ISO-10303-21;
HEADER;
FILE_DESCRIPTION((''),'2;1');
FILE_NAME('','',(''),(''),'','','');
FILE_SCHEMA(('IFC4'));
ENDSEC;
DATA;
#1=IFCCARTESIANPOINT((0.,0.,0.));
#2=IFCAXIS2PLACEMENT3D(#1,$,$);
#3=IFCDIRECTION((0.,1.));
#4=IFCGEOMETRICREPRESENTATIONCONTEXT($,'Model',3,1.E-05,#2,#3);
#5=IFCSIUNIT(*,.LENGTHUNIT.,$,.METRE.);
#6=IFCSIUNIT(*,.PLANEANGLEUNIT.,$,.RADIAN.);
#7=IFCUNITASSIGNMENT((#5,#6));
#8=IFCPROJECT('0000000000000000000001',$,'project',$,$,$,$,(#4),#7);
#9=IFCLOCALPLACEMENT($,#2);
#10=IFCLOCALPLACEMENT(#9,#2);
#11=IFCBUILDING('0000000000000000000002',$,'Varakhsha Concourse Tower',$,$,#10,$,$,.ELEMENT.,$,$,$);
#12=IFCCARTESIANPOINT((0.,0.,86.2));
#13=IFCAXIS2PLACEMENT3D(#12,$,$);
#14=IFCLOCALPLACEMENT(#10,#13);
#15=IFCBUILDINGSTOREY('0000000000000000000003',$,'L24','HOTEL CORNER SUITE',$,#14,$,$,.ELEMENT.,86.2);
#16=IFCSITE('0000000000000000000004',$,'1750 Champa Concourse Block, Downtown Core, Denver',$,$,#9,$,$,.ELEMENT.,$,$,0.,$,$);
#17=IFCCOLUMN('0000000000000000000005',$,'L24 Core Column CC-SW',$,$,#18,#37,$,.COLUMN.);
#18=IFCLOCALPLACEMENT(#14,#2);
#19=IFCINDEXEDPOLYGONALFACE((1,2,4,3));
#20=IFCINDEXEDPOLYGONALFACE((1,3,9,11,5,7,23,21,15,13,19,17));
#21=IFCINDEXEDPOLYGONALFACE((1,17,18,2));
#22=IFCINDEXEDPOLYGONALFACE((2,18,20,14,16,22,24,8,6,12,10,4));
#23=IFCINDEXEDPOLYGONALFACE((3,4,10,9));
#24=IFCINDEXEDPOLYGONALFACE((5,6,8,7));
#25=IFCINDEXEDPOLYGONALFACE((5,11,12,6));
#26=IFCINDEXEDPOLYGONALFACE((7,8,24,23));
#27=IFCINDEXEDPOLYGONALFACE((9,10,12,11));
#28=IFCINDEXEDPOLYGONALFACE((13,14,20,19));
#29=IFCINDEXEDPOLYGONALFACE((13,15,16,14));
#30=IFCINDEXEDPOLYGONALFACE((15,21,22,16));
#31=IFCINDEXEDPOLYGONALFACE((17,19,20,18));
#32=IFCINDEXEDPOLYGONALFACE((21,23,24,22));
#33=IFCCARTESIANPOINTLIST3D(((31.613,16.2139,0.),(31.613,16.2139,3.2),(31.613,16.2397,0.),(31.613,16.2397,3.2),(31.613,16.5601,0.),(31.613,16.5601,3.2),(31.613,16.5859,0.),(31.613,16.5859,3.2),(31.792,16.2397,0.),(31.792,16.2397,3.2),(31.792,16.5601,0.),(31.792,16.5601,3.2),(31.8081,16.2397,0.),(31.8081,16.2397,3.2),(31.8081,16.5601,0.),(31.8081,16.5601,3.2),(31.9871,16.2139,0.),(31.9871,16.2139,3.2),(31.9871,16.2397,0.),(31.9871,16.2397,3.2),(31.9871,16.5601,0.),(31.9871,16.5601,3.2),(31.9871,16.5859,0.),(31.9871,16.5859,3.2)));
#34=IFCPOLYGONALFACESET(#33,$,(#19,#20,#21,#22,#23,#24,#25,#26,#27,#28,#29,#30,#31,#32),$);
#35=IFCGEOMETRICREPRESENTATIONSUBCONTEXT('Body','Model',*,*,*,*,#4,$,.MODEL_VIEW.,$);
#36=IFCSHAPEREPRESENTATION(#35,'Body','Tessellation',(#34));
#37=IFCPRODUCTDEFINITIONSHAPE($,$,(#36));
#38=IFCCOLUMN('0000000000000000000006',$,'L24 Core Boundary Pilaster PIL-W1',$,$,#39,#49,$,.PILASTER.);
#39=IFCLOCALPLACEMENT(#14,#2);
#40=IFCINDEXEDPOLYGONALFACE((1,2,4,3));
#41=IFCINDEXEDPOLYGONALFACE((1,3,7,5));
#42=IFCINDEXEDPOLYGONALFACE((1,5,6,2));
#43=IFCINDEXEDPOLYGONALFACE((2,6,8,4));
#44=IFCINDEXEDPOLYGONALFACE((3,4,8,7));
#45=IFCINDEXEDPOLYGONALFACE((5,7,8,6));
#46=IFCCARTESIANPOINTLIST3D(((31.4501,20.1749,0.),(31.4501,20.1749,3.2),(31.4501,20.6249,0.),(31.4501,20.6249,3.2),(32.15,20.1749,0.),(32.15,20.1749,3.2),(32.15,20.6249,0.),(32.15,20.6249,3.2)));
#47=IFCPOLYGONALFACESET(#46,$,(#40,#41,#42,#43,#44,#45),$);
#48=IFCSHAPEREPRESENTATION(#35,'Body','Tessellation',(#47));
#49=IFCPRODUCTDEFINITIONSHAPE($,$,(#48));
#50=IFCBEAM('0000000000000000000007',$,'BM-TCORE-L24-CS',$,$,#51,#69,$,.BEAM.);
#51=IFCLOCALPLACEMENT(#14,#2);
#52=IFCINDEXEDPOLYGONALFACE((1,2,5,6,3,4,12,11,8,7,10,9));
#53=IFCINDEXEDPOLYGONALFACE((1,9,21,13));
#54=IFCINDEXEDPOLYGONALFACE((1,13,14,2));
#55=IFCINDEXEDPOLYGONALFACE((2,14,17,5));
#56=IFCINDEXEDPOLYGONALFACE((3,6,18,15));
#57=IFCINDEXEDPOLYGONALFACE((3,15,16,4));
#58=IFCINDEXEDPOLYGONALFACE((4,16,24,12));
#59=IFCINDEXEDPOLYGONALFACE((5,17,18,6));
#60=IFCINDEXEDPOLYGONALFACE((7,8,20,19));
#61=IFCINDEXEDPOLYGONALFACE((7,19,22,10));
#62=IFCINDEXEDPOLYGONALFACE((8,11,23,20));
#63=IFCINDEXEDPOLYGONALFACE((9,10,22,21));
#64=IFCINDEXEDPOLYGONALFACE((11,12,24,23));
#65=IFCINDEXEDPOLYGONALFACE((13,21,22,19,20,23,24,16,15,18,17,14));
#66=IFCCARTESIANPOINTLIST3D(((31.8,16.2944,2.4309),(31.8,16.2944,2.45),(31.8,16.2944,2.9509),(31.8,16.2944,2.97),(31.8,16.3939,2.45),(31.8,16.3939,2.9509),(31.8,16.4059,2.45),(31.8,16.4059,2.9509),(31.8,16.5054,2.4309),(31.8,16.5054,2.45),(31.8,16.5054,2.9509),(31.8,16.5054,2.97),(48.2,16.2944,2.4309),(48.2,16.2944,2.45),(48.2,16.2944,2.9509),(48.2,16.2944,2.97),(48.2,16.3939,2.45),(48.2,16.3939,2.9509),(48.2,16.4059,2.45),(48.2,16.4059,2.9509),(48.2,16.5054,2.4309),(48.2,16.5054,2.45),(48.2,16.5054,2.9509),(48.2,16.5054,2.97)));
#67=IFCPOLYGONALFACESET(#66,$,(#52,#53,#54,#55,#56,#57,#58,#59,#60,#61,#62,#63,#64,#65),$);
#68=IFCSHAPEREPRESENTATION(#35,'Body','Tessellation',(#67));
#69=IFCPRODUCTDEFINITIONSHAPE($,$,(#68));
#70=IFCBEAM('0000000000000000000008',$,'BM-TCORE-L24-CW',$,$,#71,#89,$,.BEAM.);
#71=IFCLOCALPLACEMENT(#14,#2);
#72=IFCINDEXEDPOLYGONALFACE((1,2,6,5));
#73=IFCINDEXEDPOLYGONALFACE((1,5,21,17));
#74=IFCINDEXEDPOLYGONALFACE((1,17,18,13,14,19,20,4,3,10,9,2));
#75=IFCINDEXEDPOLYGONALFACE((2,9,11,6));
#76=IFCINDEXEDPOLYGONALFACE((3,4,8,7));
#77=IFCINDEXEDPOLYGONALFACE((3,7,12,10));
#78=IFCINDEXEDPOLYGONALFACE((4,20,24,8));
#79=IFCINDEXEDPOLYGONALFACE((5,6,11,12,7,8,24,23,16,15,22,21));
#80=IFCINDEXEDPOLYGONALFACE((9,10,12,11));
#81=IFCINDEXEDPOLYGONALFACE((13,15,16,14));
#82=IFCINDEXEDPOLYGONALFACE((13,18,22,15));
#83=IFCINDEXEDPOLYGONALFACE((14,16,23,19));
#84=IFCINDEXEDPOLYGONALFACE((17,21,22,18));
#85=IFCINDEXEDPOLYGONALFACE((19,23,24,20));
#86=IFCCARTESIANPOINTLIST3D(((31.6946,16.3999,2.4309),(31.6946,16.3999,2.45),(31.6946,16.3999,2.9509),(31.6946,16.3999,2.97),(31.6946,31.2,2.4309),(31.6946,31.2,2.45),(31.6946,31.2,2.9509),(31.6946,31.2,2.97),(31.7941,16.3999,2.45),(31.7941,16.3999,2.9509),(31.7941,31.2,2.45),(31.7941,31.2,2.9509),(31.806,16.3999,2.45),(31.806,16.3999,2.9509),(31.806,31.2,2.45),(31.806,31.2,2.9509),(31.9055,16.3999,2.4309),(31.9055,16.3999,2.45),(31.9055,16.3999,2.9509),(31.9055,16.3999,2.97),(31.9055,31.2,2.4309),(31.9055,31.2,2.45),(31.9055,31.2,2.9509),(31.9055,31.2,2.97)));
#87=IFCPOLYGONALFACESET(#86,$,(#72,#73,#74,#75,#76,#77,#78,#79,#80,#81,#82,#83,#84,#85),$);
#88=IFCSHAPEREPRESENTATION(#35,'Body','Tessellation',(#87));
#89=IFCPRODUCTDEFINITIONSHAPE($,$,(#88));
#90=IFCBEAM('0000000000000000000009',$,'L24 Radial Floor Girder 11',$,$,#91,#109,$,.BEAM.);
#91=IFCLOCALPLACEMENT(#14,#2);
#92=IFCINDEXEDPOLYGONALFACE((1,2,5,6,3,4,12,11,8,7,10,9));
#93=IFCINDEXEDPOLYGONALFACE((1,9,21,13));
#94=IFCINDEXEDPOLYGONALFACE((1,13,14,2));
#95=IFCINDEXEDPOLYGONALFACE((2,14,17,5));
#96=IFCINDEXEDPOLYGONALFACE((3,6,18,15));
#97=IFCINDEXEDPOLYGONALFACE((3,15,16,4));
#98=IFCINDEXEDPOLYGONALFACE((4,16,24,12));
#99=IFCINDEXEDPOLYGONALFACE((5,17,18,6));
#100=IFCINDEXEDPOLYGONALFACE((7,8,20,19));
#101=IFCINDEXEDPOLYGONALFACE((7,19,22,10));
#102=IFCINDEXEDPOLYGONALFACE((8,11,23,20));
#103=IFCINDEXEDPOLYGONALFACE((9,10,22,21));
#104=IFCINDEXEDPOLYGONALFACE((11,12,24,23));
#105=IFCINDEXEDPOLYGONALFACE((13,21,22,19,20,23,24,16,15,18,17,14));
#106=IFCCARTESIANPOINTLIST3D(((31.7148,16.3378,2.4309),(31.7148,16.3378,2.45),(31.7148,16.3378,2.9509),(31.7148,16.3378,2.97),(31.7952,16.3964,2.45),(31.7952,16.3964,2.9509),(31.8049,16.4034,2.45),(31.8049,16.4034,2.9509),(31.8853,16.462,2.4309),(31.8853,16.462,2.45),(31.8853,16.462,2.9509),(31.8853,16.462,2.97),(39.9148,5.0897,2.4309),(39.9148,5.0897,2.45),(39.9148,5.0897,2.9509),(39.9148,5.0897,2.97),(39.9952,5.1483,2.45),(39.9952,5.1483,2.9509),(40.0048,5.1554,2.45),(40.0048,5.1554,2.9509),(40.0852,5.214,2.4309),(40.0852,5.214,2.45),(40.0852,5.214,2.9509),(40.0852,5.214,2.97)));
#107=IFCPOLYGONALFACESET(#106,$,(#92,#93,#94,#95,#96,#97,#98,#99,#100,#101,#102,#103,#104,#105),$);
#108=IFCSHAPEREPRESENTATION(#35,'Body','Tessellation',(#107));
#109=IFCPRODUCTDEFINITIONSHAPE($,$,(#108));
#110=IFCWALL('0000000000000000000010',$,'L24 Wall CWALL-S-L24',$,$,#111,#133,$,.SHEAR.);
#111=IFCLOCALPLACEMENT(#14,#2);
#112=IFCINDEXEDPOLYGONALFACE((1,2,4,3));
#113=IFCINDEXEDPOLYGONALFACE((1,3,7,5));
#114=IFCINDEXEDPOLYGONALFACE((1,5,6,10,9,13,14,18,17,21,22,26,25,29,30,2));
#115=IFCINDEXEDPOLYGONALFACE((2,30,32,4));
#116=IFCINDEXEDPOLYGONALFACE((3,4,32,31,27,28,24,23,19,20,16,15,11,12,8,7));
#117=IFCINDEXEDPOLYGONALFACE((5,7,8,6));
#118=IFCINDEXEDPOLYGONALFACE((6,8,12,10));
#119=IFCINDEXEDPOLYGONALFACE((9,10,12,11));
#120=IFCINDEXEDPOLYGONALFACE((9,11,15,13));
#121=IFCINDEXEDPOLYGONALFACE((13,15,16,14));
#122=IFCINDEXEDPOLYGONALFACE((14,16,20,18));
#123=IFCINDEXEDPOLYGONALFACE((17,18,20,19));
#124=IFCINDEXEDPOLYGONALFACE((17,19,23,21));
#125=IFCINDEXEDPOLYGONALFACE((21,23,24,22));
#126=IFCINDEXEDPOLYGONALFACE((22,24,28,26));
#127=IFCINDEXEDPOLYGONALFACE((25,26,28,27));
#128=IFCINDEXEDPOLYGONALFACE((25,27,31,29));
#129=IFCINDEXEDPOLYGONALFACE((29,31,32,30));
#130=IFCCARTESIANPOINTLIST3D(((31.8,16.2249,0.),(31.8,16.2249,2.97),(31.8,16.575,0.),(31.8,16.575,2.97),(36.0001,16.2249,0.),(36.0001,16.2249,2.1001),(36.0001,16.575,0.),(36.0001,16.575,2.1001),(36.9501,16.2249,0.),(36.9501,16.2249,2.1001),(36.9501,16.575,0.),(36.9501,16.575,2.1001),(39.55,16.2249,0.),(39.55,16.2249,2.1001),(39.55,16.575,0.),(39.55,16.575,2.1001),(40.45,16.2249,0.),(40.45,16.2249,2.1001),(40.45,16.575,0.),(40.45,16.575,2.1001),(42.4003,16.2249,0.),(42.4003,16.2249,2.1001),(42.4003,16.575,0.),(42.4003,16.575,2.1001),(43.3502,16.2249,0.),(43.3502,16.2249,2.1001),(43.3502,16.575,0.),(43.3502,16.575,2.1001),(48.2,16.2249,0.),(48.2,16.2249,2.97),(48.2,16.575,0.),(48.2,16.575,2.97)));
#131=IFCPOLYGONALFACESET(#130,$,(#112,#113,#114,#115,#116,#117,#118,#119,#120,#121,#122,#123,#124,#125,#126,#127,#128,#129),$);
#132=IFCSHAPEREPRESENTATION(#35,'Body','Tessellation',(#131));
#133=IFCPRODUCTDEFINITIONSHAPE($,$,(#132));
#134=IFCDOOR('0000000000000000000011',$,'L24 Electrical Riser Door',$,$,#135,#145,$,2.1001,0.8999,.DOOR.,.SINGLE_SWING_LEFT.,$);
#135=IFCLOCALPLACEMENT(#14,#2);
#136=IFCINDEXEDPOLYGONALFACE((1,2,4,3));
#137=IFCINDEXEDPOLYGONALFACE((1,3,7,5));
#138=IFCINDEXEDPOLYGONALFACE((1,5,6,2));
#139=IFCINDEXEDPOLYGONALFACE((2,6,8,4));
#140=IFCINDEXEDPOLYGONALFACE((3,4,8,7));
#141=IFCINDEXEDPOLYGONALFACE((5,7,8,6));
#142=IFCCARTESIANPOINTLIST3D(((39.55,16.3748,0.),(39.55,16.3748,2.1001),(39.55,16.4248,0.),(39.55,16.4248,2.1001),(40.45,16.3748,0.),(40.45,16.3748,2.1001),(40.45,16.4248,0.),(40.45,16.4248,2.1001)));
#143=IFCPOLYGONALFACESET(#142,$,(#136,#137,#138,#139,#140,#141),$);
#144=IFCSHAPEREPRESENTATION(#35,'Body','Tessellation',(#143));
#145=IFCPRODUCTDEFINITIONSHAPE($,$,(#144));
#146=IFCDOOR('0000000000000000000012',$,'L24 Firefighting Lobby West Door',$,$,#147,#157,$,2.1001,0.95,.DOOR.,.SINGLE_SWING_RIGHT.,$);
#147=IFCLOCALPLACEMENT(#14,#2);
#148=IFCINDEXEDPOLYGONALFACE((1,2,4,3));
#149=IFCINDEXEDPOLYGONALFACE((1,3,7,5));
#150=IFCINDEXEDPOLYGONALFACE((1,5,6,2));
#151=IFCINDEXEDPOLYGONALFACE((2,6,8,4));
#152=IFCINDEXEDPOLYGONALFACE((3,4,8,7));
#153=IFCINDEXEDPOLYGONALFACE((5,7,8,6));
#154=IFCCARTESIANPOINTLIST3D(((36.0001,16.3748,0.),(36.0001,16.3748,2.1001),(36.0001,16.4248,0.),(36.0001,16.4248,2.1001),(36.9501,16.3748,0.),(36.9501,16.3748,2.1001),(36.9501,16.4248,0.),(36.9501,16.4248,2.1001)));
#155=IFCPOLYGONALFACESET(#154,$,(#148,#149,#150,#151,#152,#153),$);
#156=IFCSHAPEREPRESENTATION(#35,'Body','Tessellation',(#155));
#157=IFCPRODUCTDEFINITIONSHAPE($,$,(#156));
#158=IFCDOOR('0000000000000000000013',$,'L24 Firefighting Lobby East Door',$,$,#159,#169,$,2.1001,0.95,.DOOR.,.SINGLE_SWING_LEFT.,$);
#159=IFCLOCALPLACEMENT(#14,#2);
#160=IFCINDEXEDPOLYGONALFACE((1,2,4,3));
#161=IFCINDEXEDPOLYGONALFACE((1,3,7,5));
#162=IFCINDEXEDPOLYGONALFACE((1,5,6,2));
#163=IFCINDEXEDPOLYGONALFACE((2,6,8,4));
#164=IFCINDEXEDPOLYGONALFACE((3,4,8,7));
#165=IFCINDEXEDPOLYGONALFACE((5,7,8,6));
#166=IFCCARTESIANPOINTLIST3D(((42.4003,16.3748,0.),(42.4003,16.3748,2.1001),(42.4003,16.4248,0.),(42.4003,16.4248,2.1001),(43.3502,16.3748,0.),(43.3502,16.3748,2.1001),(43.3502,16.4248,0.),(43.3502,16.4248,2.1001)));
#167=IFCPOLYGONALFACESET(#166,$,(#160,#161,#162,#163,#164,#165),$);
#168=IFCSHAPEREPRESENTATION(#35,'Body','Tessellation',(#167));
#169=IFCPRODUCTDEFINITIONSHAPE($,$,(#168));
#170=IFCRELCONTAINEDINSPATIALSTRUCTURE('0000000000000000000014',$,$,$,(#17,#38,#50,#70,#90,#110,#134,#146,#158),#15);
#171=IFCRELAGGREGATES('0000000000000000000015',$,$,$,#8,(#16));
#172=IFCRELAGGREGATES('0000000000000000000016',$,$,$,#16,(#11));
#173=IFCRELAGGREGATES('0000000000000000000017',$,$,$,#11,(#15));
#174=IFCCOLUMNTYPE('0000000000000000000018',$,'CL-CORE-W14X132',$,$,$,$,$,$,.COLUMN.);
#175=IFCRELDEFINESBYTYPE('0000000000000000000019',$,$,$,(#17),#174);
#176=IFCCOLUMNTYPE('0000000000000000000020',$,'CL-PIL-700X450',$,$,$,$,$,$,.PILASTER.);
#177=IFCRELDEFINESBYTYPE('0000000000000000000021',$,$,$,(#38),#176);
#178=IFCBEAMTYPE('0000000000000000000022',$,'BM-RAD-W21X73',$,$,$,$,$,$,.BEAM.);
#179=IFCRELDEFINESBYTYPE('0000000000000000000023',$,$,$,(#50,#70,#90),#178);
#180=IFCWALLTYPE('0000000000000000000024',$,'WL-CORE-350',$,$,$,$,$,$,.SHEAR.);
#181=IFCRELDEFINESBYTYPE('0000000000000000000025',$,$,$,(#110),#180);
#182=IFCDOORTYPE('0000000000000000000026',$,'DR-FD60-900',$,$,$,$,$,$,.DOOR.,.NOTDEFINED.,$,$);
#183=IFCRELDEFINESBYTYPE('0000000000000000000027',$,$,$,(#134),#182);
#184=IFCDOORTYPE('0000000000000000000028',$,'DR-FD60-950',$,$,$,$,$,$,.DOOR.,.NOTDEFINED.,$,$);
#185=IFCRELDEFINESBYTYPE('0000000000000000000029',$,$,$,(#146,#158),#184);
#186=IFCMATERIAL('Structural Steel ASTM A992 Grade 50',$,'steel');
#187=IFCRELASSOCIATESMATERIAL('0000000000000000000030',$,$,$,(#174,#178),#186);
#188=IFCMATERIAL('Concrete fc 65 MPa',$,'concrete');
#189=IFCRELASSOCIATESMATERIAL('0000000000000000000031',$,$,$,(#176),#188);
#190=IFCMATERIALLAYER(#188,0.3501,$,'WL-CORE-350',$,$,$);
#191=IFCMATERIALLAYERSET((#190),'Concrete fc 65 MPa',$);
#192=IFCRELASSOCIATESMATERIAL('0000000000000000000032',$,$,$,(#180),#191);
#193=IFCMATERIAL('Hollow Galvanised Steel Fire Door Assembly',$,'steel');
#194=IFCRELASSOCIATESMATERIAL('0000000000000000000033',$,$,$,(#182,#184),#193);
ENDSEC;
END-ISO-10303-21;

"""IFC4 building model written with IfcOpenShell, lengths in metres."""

from ifc_helpers import new_model, si_unit, direction, frame, frame_2d, origin, origin_2d, place, context, subcontext, project, spatial, rectangle, i_section, extrude, material, layer, layer_set, material_profile, profile_set, type_object, element, fill, save


model = new_model("IFC4")

# Units and contexts
model_context = context("Model", 3, precision=1e-05, world=origin(), true_north=direction((0.0, 1.0)))
body_context = subcontext(model_context, "Body", "Model", "MODEL_VIEW")
ifc_project = project(units=[si_unit("LENGTHUNIT", "METRE"), si_unit("PLANEANGLEUNIT", "RADIAN")], contexts=[model_context])

# Site, building, storey
site_placement = place(None, origin())
site = spatial("IfcSite", under=ifc_project, at=site_placement, Name="1750 Champa Concourse Block, Downtown Core, Denver", CompositionType="ELEMENT", RefElevation=0.0)
building_placement = place(site_placement, origin())
building = spatial("IfcBuilding", under=site, at=building_placement, Name="Varakhsha Concourse Tower", CompositionType="ELEMENT")
storey_placement = place(building_placement, frame((0.0, 0.0, 86.2)))
storey = spatial("IfcBuildingStorey", under=building, at=storey_placement, Name="L24", Description="HOTEL CORNER SUITE", CompositionType="ELEMENT", Elevation=86.2)

# Columns
ifc_material_1 = material(Name="Structural Steel ASTM A992 Grade 50", Category="steel")
ifc_material_profile_1 = material_profile(ifc_material_1, i_section(OverallWidth=0.374, OverallDepth=0.3721, WebThickness=0.0161, FlangeThickness=0.0259, at=origin_2d()), Name="W14X132")
ifc_profile_set_1 = profile_set([ifc_material_profile_1], Name="Structural Steel ASTM A992 Grade 50")
column_type_1 = type_object("IfcColumnType", Name="CL-CORE-W14X132", PredefinedType="COLUMN", material=ifc_profile_set_1)
column_1_placement = place(storey_placement, frame((31.8, 16.3999, 0.0), z_axis=(0.0, 0.0, 1.0), x_axis=(1.0, 0.0, 0.0)))
element("IfcColumn", 1, at=column_1_placement, inside=storey, type_object=column_type_1, Name="L24 Core Column CC-SW", PredefinedType="COLUMN", context=body_context, shape_type="SweptSolid", body=[
    extrude(i_section(OverallWidth=0.374, OverallDepth=0.3721, WebThickness=0.0161, FlangeThickness=0.0259, at=origin_2d()), origin(), (0.0, 0.0, 1.0), 3.2),
])
ifc_material_2 = material(Name="Concrete fc 65 MPa", Category="concrete")
ifc_material_profile_2 = material_profile(ifc_material_2, rectangle(XDim=0.7, YDim=0.45, at=origin_2d()), Name="RC 700x450")
ifc_profile_set_2 = profile_set([ifc_material_profile_2], Name="Concrete fc 65 MPa")
column_type_2 = type_object("IfcColumnType", Name="CL-PIL-700X450", PredefinedType="PILASTER", material=ifc_profile_set_2)
column_2_placement = place(storey_placement, frame((31.8, 20.3999, 0.0), z_axis=(0.0, 0.0, 1.0), x_axis=(1.0, 0.0, 0.0)))
element("IfcColumn", 2, at=column_2_placement, inside=storey, type_object=column_type_2, Name="L24 Core Boundary Pilaster PIL-W1", PredefinedType="PILASTER", context=body_context, shape_type="SweptSolid", body=[
    extrude(rectangle(XDim=0.7, YDim=0.45, at=origin_2d()), origin(), (0.0, 0.0, 1.0), 3.2),
])

# Beams
ifc_material_profile_3 = material_profile(ifc_material_1, i_section(OverallWidth=0.2109, OverallDepth=0.5391, WebThickness=0.012, FlangeThickness=0.019, at=origin_2d()), Name="W21X73")
ifc_profile_set_3 = profile_set([ifc_material_profile_3], Name="Structural Steel ASTM A992 Grade 50")
beam_type = type_object("IfcBeamType", Name="BM-RAD-W21X73", PredefinedType="BEAM", material=ifc_profile_set_3)
beam_1_placement = place(storey_placement, frame((31.8, 16.3999, 2.7004), z_axis=(1.0, 0.0, 0.0), x_axis=(0.0, 1.0, 0.0)))
element("IfcBeam", 3, at=beam_1_placement, inside=storey, type_object=beam_type, Name="BM-TCORE-L24-CS", PredefinedType="BEAM", context=body_context, shape_type="SweptSolid", body=[
    extrude(i_section(OverallWidth=0.2109, OverallDepth=0.5391, WebThickness=0.012, FlangeThickness=0.019, at=origin_2d()), origin(), (0.0, 0.0, 1.0), 16.3999),
])
beam_2_placement = place(storey_placement, frame((31.8, 16.3999, 2.7004), z_axis=(0.0, 1.0, 0.0), x_axis=(-1.0, 0.0, 0.0)))
element("IfcBeam", 4, at=beam_2_placement, inside=storey, type_object=beam_type, Name="BM-TCORE-L24-CW", PredefinedType="BEAM", context=body_context, shape_type="SweptSolid", body=[
    extrude(i_section(OverallWidth=0.2109, OverallDepth=0.5391, WebThickness=0.012, FlangeThickness=0.019, at=origin_2d()), origin(), (0.0, 0.0, 1.0), 14.8),
])
beam_3_placement = place(storey_placement, frame((31.8, 16.3999, 2.7004), z_axis=(0.58909, -0.808067, 0.0), x_axis=(0.808067, 0.58909, 0.0)))
element("IfcBeam", 5, at=beam_3_placement, inside=storey, type_object=beam_type, Name="L24 Radial Floor Girder 11", PredefinedType="BEAM", context=body_context, shape_type="SweptSolid", body=[
    extrude(i_section(OverallWidth=0.2109, OverallDepth=0.5391, WebThickness=0.012, FlangeThickness=0.019, at=origin_2d()), origin(), (0.0, 0.0, 1.0), 13.9197),
])

# Wall, openings, doors
ifc_layer_1 = layer(ifc_material_2, 0.3501, Name="WL-CORE-350")
ifc_layer_set_1 = layer_set([ifc_layer_1], Name="Concrete fc 65 MPa")
wall_type_1 = type_object("IfcWallType", Name="WL-CORE-350", PredefinedType="SHEAR", material=ifc_layer_set_1)
wall_1_placement = place(storey_placement, frame((31.8, 16.3999, 0.0), z_axis=(0.0, 0.0, 1.0), x_axis=(1.0, 0.0, 0.0)))
wall_1 = element("IfcWall", 6, at=wall_1_placement, inside=storey, type_object=wall_type_1, Name="L24 Wall CWALL-S-L24", PredefinedType="SHEAR", context=body_context, shape_type="SweptSolid", body=[
    extrude(rectangle(XDim=16.3999, YDim=0.3501, at=frame_2d((8.2, 0.0))), origin(), (0.0, 0.0, 1.0), 2.97),
])
opening_1_placement = place(wall_1_placement, frame((7.75, 0.0, 0.0)))
opening_1 = element("IfcOpeningElement", 7, at=opening_1_placement, cuts=wall_1, PredefinedType="OPENING", context=body_context, shape_type="SweptSolid", body=[
    extrude(rectangle(XDim=0.8999, YDim=2.1001, at=frame_2d((0.45, 1.05))), frame((0.0, 0.1851, 0.0), z_axis=(0.0, -1.0, 0.0), x_axis=(1.0, 0.0, 0.0)), (0.0, 0.0, 1.0), 0.3701),
])
opening_2_placement = place(wall_1_placement, frame((4.2, 0.0, 0.0)))
opening_2 = element("IfcOpeningElement", 8, at=opening_2_placement, cuts=wall_1, PredefinedType="OPENING", context=body_context, shape_type="SweptSolid", body=[
    extrude(rectangle(XDim=0.95, YDim=2.1001, at=frame_2d((0.4751, 1.05))), frame((0.0, 0.1851, 0.0), z_axis=(0.0, -1.0, 0.0), x_axis=(1.0, 0.0, 0.0)), (0.0, 0.0, 1.0), 0.3701),
])
opening_3_placement = place(wall_1_placement, frame((10.6001, 0.0, 0.0)))
opening_3 = element("IfcOpeningElement", 9, at=opening_3_placement, cuts=wall_1, PredefinedType="OPENING", context=body_context, shape_type="SweptSolid", body=[
    extrude(rectangle(XDim=0.95, YDim=2.1001, at=frame_2d((0.4751, 1.05))), frame((0.0, 0.1851, 0.0), z_axis=(0.0, -1.0, 0.0), x_axis=(1.0, 0.0, 0.0)), (0.0, 0.0, 1.0), 0.3701),
])
ifc_material_3 = material(Name="Hollow Galvanised Steel Fire Door Assembly", Category="steel")
door_type_1 = type_object("IfcDoorType", Name="DR-FD60-900", OperationType="NOTDEFINED", PredefinedType="DOOR", material=ifc_material_3)
door_1_placement = place(opening_1_placement, origin())
door_1 = element("IfcDoor", 10, at=door_1_placement, inside=storey, type_object=door_type_1, Name="L24 Electrical Riser Door", OperationType="SINGLE_SWING_LEFT", OverallHeight=2.1001, OverallWidth=0.8999, PredefinedType="DOOR", context=body_context, shape_type="SweptSolid", body=[
    extrude(rectangle(XDim=0.8999, YDim=2.1001, at=frame_2d((0.45, 1.05))), frame((0.0, 0.0249, 0.0), z_axis=(0.0, -1.0, 0.0), x_axis=(1.0, 0.0, 0.0)), (0.0, 0.0, 1.0), 0.05),
])
fill(opening_1, door_1)
door_type_2 = type_object("IfcDoorType", Name="DR-FD60-950", OperationType="NOTDEFINED", PredefinedType="DOOR", material=ifc_material_3)
door_2_placement = place(opening_2_placement, origin())
door_2 = element("IfcDoor", 11, at=door_2_placement, inside=storey, type_object=door_type_2, Name="L24 Firefighting Lobby West Door", OperationType="SINGLE_SWING_RIGHT", OverallHeight=2.1001, OverallWidth=0.95, PredefinedType="DOOR", context=body_context, shape_type="SweptSolid", body=[
    extrude(rectangle(XDim=0.95, YDim=2.1001, at=frame_2d((0.4751, 1.05))), frame((0.0, 0.0249, 0.0), z_axis=(0.0, -1.0, 0.0), x_axis=(1.0, 0.0, 0.0)), (0.0, 0.0, 1.0), 0.05),
])
fill(opening_2, door_2)
door_3_placement = place(opening_3_placement, origin())
door_3 = element("IfcDoor", 12, at=door_3_placement, inside=storey, type_object=door_type_2, Name="L24 Firefighting Lobby East Door", OperationType="SINGLE_SWING_LEFT", OverallHeight=2.1001, OverallWidth=0.95, PredefinedType="DOOR", context=body_context, shape_type="SweptSolid", body=[
    extrude(rectangle(XDim=0.95, YDim=2.1001, at=frame_2d((0.4751, 1.05))), frame((0.0, 0.0249, 0.0), z_axis=(0.0, -1.0, 0.0), x_axis=(1.0, 0.0, 0.0)), (0.0, 0.0, 1.0), 0.05),
])
fill(opening_3, door_3)

save(model, "model.ifc")
